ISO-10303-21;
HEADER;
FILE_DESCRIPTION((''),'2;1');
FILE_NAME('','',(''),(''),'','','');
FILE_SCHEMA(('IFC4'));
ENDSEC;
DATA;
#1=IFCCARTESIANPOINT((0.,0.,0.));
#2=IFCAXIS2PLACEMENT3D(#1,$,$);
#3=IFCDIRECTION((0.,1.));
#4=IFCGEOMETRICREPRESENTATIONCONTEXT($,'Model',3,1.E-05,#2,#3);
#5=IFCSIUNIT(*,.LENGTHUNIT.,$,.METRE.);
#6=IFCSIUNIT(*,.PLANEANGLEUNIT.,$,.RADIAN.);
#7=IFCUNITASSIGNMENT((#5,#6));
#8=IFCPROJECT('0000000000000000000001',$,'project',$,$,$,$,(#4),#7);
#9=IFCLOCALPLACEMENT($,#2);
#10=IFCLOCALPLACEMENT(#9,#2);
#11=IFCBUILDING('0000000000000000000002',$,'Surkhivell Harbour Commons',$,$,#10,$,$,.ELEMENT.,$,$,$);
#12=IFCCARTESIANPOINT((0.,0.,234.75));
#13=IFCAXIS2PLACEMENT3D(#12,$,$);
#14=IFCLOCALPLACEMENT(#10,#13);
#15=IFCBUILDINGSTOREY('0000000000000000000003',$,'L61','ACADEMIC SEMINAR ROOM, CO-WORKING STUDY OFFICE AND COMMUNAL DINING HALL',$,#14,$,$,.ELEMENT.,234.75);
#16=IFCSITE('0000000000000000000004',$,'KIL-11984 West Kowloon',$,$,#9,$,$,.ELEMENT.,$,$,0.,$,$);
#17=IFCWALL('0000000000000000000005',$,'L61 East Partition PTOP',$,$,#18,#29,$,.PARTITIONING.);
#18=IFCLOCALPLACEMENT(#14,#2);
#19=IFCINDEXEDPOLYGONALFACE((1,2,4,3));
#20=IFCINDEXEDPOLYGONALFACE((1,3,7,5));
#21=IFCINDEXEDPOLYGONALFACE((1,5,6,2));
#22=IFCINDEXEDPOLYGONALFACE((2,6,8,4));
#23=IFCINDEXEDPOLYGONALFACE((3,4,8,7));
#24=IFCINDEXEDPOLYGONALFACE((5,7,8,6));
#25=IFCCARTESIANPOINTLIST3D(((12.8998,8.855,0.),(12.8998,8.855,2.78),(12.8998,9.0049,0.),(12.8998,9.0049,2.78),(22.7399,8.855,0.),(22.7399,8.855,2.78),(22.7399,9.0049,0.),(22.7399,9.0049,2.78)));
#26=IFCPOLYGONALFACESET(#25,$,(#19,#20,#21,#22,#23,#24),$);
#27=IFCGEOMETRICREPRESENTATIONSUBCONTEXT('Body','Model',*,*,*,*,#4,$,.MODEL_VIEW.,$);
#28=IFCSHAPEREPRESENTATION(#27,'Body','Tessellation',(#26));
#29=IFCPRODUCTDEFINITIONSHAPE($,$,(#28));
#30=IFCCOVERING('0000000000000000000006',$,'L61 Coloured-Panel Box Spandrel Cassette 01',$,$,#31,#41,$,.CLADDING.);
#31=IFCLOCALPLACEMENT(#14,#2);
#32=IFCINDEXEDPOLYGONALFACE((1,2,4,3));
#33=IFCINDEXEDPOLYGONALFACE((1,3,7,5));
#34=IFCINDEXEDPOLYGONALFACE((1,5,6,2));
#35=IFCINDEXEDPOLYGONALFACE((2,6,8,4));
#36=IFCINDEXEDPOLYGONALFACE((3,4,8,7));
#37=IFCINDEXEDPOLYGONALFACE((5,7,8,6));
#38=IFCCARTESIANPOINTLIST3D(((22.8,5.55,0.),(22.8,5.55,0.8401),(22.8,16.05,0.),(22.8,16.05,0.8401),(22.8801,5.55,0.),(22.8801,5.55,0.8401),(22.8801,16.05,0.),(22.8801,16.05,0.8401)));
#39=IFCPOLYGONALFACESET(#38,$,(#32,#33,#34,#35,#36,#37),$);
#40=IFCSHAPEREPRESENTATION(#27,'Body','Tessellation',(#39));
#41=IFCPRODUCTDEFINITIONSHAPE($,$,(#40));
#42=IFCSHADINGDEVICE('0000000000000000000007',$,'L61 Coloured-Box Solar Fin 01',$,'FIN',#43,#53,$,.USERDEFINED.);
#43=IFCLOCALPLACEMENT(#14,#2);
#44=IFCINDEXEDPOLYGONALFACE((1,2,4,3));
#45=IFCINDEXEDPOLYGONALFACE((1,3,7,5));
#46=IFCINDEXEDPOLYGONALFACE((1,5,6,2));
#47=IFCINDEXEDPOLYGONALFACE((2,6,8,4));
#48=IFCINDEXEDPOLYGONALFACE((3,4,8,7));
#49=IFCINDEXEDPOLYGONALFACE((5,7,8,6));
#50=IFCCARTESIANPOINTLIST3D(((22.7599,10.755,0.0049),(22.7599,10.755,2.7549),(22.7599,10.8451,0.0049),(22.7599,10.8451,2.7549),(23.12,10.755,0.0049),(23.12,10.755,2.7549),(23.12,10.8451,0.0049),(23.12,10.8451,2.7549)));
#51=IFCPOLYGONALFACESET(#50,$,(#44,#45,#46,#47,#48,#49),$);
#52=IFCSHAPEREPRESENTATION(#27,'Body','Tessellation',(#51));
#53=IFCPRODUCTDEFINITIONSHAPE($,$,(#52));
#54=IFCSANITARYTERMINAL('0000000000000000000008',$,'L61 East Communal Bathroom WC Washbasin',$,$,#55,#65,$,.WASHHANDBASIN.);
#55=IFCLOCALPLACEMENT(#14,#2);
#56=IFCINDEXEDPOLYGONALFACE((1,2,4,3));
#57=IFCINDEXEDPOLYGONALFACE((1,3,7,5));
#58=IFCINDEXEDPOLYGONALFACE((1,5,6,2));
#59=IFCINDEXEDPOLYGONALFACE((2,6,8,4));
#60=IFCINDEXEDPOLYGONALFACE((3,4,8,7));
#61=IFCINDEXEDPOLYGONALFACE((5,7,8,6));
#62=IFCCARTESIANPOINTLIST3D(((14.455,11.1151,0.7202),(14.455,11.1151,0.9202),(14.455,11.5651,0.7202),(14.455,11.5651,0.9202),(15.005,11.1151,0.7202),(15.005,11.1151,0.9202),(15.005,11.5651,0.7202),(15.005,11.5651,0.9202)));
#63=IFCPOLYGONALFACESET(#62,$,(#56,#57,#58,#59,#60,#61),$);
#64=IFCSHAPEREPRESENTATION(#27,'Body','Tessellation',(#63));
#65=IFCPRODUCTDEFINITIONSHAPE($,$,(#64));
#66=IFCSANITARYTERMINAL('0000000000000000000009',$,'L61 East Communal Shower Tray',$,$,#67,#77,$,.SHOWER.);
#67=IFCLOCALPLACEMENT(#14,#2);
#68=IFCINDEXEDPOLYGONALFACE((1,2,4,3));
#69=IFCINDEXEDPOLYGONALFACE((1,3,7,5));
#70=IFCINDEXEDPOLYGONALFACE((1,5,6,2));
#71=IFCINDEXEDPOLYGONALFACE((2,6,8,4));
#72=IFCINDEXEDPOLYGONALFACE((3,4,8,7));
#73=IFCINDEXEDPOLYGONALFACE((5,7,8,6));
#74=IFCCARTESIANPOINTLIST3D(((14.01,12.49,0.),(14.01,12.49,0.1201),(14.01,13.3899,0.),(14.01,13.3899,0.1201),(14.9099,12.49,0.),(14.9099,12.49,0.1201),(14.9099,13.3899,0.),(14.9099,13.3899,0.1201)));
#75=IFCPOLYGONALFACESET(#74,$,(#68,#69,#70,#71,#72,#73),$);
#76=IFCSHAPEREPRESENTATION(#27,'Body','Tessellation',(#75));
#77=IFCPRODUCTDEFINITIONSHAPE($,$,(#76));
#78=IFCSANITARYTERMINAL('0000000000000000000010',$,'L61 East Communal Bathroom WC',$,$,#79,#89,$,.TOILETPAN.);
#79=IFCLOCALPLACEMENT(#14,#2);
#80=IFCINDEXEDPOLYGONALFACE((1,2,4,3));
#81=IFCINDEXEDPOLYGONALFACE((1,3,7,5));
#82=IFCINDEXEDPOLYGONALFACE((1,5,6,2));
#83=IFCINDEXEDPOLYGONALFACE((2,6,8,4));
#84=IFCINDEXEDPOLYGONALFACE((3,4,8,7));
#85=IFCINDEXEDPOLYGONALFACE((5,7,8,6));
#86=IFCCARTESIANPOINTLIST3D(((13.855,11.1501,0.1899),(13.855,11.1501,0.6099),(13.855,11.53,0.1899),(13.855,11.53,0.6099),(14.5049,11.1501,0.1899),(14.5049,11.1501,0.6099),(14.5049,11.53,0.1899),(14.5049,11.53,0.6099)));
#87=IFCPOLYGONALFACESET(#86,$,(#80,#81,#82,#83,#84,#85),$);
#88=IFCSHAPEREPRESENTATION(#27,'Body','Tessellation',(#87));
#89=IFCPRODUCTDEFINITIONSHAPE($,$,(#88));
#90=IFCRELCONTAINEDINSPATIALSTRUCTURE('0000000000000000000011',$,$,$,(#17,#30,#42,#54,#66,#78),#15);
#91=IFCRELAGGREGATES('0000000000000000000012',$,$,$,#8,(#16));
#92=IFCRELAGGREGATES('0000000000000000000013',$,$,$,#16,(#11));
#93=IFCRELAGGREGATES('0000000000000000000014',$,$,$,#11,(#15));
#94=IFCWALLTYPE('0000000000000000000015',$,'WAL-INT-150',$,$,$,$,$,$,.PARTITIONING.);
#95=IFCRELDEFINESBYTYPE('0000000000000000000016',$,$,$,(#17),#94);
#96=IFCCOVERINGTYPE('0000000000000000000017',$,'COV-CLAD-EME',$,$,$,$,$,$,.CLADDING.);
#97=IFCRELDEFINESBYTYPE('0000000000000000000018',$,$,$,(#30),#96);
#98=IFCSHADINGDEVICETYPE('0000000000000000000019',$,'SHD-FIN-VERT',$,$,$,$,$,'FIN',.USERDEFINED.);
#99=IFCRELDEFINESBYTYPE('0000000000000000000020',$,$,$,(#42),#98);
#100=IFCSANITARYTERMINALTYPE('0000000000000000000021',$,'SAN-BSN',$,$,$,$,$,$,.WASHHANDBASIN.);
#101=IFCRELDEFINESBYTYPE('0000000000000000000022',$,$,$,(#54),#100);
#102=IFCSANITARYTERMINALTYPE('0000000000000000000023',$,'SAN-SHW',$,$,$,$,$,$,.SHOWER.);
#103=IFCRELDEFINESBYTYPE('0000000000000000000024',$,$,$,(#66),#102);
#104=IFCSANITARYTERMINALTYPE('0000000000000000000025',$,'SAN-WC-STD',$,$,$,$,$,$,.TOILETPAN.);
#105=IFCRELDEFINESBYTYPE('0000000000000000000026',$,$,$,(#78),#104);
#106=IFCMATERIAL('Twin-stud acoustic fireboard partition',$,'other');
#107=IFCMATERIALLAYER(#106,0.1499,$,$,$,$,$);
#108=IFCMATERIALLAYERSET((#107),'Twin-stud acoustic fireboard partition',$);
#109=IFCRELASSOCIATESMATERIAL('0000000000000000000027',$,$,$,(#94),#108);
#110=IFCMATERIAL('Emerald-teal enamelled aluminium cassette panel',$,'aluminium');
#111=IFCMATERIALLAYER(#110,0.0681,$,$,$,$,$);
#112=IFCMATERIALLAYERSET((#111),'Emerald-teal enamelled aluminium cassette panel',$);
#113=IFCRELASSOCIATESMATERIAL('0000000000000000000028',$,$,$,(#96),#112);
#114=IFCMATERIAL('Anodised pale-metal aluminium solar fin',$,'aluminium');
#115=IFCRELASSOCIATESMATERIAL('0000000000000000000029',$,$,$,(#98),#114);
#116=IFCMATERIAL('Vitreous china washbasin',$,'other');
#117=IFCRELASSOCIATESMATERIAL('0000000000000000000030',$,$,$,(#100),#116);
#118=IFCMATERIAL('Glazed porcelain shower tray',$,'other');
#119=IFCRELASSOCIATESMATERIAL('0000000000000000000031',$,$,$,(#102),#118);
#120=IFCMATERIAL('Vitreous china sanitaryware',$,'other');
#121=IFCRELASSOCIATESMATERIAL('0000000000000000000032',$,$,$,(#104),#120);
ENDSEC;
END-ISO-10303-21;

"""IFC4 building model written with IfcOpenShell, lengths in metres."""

from ifc_helpers import new_model, si_unit, direction, frame, frame_2d, origin, origin_2d, place, context, subcontext, project, spatial, rectangle, extrude, material, layer, layer_set, type_object, element, save


model = new_model("IFC4")

# Units and contexts
model_context = context("Model", 3, precision=1e-05, world=origin(), true_north=direction((0.0, 1.0)))
body_context = subcontext(model_context, "Body", "Model", "MODEL_VIEW")
ifc_project = project(units=[si_unit("LENGTHUNIT", "METRE"), si_unit("PLANEANGLEUNIT", "RADIAN")], contexts=[model_context])

# Site, building, storey
site_placement = place(None, origin())
site = spatial("IfcSite", under=ifc_project, at=site_placement, Name="KIL-11984 West Kowloon", CompositionType="ELEMENT", RefElevation=0.0)
building_placement = place(site_placement, origin())
building = spatial("IfcBuilding", under=site, at=building_placement, Name="Surkhivell Harbour Commons", CompositionType="ELEMENT")
storey_placement = place(building_placement, frame((0.0, 0.0, 234.75)))
storey = spatial("IfcBuildingStorey", under=building, at=storey_placement, Name="L61", Description="ACADEMIC SEMINAR ROOM, CO-WORKING STUDY OFFICE AND COMMUNAL DINING HALL", CompositionType="ELEMENT", Elevation=234.75)

# Wall
ifc_material_1 = material(Name="Twin-stud acoustic fireboard partition", Category="other")
ifc_layer_1 = layer(ifc_material_1, 0.1499)
ifc_layer_set_1 = layer_set([ifc_layer_1], Name="Twin-stud acoustic fireboard partition")
wall_type_1 = type_object("IfcWallType", Name="WAL-INT-150", PredefinedType="PARTITIONING", material=ifc_layer_set_1)
wall_1_placement = place(storey_placement, frame((12.8999, 8.9299, 0.0), z_axis=(0.0, 0.0, 1.0), x_axis=(1.0, 0.0, 0.0)))
element("IfcWall", 1, at=wall_1_placement, inside=storey, type_object=wall_type_1, Name="L61 East Partition PTOP", PredefinedType="PARTITIONING", context=body_context, shape_type="SweptSolid", body=[
    extrude(rectangle(XDim=9.8401, YDim=0.1499, at=frame_2d((4.9199, 0.0))), origin(), (0.0, 0.0, 1.0), 2.78),
])

# Covering
ifc_material_2 = material(Name="Emerald-teal enamelled aluminium cassette panel", Category="aluminium")
ifc_layer_2 = layer(ifc_material_2, 0.0681)
ifc_layer_set_2 = layer_set([ifc_layer_2], Name="Emerald-teal enamelled aluminium cassette panel")
covering_type = type_object("IfcCoveringType", Name="COV-CLAD-EME", PredefinedType="CLADDING", material=ifc_layer_set_2)
covering_placement = place(storey_placement, frame((22.8401, 10.8, 0.0), z_axis=(0.0, 0.0, 1.0), x_axis=(1.0, 0.0, 0.0)))
element("IfcCovering", 2, at=covering_placement, inside=storey, type_object=covering_type, Name="L61 Coloured-Panel Box Spandrel Cassette 01", PredefinedType="CLADDING", context=body_context, shape_type="SweptSolid", body=[
    extrude(rectangle(XDim=0.0801, YDim=10.5, at=origin_2d()), origin(), (0.0, 0.0, 1.0), 0.8401),
])

# Shading device
ifc_material_3 = material(Name="Anodised pale-metal aluminium solar fin", Category="aluminium")
shading_device_type = type_object("IfcShadingDeviceType", Name="SHD-FIN-VERT", ElementType="FIN", PredefinedType="USERDEFINED", material=ifc_material_3)
shading_device_placement = place(storey_placement, frame((22.9399, 10.8, 0.0049), z_axis=(0.0, 0.0, 1.0), x_axis=(1.0, 0.0, 0.0)))
element("IfcShadingDevice", 3, at=shading_device_placement, inside=storey, type_object=shading_device_type, Name="L61 Coloured-Box Solar Fin 01", ObjectType="FIN", PredefinedType="USERDEFINED", context=body_context, shape_type="SweptSolid", body=[
    extrude(rectangle(XDim=0.3601, YDim=0.0901, at=origin_2d()), origin(), (0.0, 0.0, 1.0), 2.75),
])

# Sanitary terminals
ifc_material_4 = material(Name="Vitreous china washbasin", Category="other")
sanitary_terminal_type_1 = type_object("IfcSanitaryTerminalType", Name="SAN-BSN", PredefinedType="WASHHANDBASIN", material=ifc_material_4)
sanitary_terminal_1_placement = place(storey_placement, frame((14.73, 11.3401, 0.7202), z_axis=(0.0, 0.0, 1.0), x_axis=(1.0, 0.0, 0.0)))
element("IfcSanitaryTerminal", 4, at=sanitary_terminal_1_placement, inside=storey, type_object=sanitary_terminal_type_1, Name="L61 East Communal Bathroom WC Washbasin", PredefinedType="WASHHANDBASIN", context=body_context, shape_type="SweptSolid", body=[
    extrude(rectangle(XDim=0.55, YDim=0.45, at=origin_2d()), origin(), (0.0, 0.0, 1.0), 0.2),
])
ifc_material_5 = material(Name="Glazed porcelain shower tray", Category="other")
sanitary_terminal_type_2 = type_object("IfcSanitaryTerminalType", Name="SAN-SHW", PredefinedType="SHOWER", material=ifc_material_5)
sanitary_terminal_2_placement = place(storey_placement, frame((14.46, 12.9399, 0.0), z_axis=(0.0, 0.0, 1.0), x_axis=(1.0, 0.0, 0.0)))
element("IfcSanitaryTerminal", 5, at=sanitary_terminal_2_placement, inside=storey, type_object=sanitary_terminal_type_2, Name="L61 East Communal Shower Tray", PredefinedType="SHOWER", context=body_context, shape_type="SweptSolid", body=[
    extrude(rectangle(XDim=0.8999, YDim=0.8999, at=origin_2d()), origin(), (0.0, 0.0, 1.0), 0.1201),
])
ifc_material_6 = material(Name="Vitreous china sanitaryware", Category="other")
sanitary_terminal_type_3 = type_object("IfcSanitaryTerminalType", Name="SAN-WC-STD", PredefinedType="TOILETPAN", material=ifc_material_6)
sanitary_terminal_3_placement = place(storey_placement, frame((14.1799, 11.3401, 0.1899), z_axis=(0.0, 0.0, 1.0), x_axis=(1.0, 0.0, 0.0)))
element("IfcSanitaryTerminal", 6, at=sanitary_terminal_3_placement, inside=storey, type_object=sanitary_terminal_type_3, Name="L61 East Communal Bathroom WC", PredefinedType="TOILETPAN", context=body_context, shape_type="SweptSolid", body=[
    extrude(rectangle(XDim=0.6499, YDim=0.3799, at=origin_2d()), origin(), (0.0, 0.0, 1.0), 0.4199),
])

save(model, "model.ifc")
